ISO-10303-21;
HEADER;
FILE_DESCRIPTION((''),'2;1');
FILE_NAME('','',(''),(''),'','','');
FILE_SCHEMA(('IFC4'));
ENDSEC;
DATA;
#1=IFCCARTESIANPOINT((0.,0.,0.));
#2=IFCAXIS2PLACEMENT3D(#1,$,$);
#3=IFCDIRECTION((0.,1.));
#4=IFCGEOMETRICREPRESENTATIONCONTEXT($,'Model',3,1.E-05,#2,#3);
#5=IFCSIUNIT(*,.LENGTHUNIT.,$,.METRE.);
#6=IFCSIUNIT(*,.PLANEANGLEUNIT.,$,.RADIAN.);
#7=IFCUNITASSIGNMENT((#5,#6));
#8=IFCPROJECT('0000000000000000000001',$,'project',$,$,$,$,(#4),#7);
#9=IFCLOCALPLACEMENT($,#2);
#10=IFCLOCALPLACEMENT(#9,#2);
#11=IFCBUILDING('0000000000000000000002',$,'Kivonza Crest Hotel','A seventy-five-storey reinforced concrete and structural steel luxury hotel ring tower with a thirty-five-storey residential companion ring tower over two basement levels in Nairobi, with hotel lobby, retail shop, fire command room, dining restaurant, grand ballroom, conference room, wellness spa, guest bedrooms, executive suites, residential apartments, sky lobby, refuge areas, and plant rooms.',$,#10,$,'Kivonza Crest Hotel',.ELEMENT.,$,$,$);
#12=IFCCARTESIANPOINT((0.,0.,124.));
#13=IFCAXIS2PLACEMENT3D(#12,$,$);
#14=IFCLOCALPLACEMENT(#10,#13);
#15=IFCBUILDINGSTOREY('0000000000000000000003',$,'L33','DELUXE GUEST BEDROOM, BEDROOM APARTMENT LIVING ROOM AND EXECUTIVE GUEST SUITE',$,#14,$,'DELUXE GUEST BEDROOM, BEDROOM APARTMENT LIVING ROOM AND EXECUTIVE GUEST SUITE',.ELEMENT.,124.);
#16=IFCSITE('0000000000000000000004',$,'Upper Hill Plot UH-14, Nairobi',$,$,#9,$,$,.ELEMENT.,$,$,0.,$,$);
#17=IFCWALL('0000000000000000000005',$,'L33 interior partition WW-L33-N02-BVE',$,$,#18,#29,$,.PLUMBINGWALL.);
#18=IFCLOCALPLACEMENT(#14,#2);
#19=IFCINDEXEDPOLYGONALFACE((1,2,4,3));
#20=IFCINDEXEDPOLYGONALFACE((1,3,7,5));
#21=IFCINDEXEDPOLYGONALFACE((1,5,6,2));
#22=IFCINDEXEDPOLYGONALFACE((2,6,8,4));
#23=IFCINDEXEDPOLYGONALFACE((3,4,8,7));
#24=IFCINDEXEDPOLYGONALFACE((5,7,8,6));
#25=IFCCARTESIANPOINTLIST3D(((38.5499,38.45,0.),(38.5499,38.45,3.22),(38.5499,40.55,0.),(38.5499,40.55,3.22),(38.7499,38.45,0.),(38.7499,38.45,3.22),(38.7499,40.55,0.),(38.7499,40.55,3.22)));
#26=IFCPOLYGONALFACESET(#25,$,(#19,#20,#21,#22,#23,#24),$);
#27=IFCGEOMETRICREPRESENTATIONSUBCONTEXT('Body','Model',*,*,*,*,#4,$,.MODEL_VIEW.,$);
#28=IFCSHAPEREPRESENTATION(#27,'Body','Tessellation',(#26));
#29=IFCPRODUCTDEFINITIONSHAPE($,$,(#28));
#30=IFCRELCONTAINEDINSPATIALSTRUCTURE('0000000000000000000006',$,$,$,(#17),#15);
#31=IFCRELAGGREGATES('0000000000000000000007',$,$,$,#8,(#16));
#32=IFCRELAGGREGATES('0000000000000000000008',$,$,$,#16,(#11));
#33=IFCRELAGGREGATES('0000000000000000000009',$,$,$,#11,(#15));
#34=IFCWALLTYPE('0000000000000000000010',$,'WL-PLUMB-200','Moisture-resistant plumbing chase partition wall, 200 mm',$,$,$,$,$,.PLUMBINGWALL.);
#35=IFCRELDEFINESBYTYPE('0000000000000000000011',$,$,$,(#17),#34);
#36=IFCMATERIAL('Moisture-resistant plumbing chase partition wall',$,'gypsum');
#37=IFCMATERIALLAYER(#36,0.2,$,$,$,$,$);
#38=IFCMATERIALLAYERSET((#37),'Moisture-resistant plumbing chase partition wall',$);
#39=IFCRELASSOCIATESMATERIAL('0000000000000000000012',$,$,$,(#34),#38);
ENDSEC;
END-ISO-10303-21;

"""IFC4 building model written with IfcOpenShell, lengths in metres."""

from ifc_helpers import new_model, si_unit, direction, frame, frame_2d, origin, place, context, subcontext, project, spatial, rectangle, extrude, material, layer, layer_set, type_object, element, save


model = new_model("IFC4")

# Units and contexts
model_context = context("Model", 3, precision=1e-05, world=origin(), true_north=direction((0.0, 1.0)))
body_context = subcontext(model_context, "Body", "Model", "MODEL_VIEW")
ifc_project = project(units=[si_unit("LENGTHUNIT", "METRE"), si_unit("PLANEANGLEUNIT", "RADIAN")], contexts=[model_context])

# Site, building, storey
site_placement = place(None, origin())
site = spatial("IfcSite", under=ifc_project, at=site_placement, Name="Upper Hill Plot UH-14, Nairobi", CompositionType="ELEMENT", RefElevation=0.0)
building_placement = place(site_placement, origin())
building = spatial("IfcBuilding", under=site, at=building_placement, Name="Kivonza Crest Hotel", Description="A seventy-five-storey reinforced concrete and structural steel luxury hotel ring tower with a thirty-five-storey residential companion ring tower over two basement levels in Nairobi, with hotel lobby, retail shop, fire command room, dining restaurant, grand ballroom, conference room, wellness spa, guest bedrooms, executive suites, residential apartments, sky lobby, refuge areas, and plant rooms.", LongName="Kivonza Crest Hotel", CompositionType="ELEMENT")
storey_placement = place(building_placement, frame((0.0, 0.0, 124.0)))
storey = spatial("IfcBuildingStorey", under=building, at=storey_placement, Name="L33", Description="DELUXE GUEST BEDROOM, BEDROOM APARTMENT LIVING ROOM AND EXECUTIVE GUEST SUITE", LongName="DELUXE GUEST BEDROOM, BEDROOM APARTMENT LIVING ROOM AND EXECUTIVE GUEST SUITE", CompositionType="ELEMENT", Elevation=124.0)

# Shared definitions
ifc_material_1 = material(Name="Moisture-resistant plumbing chase partition wall", Category="gypsum")
ifc_layer_1 = layer(ifc_material_1, 0.2)
ifc_layer_set_1 = layer_set([ifc_layer_1], Name="Moisture-resistant plumbing chase partition wall")
wall_type_1 = type_object("IfcWallType", Name="WL-PLUMB-200", Description="Moisture-resistant plumbing chase partition wall, 200 mm", PredefinedType="PLUMBINGWALL", material=ifc_layer_set_1)

# Wall
wall_1_placement = place(storey_placement, frame((38.6499, 38.45, 0.0), z_axis=(0.0, 0.0, 1.0), x_axis=(0.0, 1.0, 0.0)))
element("IfcWall", 1, at=wall_1_placement, inside=storey, type_object=wall_type_1, Name="L33 interior partition WW-L33-N02-BVE", PredefinedType="PLUMBINGWALL", context=body_context, shape_type="SweptSolid", body=[
    extrude(rectangle(XDim=2.1001, YDim=0.2, at=frame_2d((1.05, 0.0))), origin(), (0.0, 0.0, 1.0), 3.22),
])

save(model, "model.ifc")
